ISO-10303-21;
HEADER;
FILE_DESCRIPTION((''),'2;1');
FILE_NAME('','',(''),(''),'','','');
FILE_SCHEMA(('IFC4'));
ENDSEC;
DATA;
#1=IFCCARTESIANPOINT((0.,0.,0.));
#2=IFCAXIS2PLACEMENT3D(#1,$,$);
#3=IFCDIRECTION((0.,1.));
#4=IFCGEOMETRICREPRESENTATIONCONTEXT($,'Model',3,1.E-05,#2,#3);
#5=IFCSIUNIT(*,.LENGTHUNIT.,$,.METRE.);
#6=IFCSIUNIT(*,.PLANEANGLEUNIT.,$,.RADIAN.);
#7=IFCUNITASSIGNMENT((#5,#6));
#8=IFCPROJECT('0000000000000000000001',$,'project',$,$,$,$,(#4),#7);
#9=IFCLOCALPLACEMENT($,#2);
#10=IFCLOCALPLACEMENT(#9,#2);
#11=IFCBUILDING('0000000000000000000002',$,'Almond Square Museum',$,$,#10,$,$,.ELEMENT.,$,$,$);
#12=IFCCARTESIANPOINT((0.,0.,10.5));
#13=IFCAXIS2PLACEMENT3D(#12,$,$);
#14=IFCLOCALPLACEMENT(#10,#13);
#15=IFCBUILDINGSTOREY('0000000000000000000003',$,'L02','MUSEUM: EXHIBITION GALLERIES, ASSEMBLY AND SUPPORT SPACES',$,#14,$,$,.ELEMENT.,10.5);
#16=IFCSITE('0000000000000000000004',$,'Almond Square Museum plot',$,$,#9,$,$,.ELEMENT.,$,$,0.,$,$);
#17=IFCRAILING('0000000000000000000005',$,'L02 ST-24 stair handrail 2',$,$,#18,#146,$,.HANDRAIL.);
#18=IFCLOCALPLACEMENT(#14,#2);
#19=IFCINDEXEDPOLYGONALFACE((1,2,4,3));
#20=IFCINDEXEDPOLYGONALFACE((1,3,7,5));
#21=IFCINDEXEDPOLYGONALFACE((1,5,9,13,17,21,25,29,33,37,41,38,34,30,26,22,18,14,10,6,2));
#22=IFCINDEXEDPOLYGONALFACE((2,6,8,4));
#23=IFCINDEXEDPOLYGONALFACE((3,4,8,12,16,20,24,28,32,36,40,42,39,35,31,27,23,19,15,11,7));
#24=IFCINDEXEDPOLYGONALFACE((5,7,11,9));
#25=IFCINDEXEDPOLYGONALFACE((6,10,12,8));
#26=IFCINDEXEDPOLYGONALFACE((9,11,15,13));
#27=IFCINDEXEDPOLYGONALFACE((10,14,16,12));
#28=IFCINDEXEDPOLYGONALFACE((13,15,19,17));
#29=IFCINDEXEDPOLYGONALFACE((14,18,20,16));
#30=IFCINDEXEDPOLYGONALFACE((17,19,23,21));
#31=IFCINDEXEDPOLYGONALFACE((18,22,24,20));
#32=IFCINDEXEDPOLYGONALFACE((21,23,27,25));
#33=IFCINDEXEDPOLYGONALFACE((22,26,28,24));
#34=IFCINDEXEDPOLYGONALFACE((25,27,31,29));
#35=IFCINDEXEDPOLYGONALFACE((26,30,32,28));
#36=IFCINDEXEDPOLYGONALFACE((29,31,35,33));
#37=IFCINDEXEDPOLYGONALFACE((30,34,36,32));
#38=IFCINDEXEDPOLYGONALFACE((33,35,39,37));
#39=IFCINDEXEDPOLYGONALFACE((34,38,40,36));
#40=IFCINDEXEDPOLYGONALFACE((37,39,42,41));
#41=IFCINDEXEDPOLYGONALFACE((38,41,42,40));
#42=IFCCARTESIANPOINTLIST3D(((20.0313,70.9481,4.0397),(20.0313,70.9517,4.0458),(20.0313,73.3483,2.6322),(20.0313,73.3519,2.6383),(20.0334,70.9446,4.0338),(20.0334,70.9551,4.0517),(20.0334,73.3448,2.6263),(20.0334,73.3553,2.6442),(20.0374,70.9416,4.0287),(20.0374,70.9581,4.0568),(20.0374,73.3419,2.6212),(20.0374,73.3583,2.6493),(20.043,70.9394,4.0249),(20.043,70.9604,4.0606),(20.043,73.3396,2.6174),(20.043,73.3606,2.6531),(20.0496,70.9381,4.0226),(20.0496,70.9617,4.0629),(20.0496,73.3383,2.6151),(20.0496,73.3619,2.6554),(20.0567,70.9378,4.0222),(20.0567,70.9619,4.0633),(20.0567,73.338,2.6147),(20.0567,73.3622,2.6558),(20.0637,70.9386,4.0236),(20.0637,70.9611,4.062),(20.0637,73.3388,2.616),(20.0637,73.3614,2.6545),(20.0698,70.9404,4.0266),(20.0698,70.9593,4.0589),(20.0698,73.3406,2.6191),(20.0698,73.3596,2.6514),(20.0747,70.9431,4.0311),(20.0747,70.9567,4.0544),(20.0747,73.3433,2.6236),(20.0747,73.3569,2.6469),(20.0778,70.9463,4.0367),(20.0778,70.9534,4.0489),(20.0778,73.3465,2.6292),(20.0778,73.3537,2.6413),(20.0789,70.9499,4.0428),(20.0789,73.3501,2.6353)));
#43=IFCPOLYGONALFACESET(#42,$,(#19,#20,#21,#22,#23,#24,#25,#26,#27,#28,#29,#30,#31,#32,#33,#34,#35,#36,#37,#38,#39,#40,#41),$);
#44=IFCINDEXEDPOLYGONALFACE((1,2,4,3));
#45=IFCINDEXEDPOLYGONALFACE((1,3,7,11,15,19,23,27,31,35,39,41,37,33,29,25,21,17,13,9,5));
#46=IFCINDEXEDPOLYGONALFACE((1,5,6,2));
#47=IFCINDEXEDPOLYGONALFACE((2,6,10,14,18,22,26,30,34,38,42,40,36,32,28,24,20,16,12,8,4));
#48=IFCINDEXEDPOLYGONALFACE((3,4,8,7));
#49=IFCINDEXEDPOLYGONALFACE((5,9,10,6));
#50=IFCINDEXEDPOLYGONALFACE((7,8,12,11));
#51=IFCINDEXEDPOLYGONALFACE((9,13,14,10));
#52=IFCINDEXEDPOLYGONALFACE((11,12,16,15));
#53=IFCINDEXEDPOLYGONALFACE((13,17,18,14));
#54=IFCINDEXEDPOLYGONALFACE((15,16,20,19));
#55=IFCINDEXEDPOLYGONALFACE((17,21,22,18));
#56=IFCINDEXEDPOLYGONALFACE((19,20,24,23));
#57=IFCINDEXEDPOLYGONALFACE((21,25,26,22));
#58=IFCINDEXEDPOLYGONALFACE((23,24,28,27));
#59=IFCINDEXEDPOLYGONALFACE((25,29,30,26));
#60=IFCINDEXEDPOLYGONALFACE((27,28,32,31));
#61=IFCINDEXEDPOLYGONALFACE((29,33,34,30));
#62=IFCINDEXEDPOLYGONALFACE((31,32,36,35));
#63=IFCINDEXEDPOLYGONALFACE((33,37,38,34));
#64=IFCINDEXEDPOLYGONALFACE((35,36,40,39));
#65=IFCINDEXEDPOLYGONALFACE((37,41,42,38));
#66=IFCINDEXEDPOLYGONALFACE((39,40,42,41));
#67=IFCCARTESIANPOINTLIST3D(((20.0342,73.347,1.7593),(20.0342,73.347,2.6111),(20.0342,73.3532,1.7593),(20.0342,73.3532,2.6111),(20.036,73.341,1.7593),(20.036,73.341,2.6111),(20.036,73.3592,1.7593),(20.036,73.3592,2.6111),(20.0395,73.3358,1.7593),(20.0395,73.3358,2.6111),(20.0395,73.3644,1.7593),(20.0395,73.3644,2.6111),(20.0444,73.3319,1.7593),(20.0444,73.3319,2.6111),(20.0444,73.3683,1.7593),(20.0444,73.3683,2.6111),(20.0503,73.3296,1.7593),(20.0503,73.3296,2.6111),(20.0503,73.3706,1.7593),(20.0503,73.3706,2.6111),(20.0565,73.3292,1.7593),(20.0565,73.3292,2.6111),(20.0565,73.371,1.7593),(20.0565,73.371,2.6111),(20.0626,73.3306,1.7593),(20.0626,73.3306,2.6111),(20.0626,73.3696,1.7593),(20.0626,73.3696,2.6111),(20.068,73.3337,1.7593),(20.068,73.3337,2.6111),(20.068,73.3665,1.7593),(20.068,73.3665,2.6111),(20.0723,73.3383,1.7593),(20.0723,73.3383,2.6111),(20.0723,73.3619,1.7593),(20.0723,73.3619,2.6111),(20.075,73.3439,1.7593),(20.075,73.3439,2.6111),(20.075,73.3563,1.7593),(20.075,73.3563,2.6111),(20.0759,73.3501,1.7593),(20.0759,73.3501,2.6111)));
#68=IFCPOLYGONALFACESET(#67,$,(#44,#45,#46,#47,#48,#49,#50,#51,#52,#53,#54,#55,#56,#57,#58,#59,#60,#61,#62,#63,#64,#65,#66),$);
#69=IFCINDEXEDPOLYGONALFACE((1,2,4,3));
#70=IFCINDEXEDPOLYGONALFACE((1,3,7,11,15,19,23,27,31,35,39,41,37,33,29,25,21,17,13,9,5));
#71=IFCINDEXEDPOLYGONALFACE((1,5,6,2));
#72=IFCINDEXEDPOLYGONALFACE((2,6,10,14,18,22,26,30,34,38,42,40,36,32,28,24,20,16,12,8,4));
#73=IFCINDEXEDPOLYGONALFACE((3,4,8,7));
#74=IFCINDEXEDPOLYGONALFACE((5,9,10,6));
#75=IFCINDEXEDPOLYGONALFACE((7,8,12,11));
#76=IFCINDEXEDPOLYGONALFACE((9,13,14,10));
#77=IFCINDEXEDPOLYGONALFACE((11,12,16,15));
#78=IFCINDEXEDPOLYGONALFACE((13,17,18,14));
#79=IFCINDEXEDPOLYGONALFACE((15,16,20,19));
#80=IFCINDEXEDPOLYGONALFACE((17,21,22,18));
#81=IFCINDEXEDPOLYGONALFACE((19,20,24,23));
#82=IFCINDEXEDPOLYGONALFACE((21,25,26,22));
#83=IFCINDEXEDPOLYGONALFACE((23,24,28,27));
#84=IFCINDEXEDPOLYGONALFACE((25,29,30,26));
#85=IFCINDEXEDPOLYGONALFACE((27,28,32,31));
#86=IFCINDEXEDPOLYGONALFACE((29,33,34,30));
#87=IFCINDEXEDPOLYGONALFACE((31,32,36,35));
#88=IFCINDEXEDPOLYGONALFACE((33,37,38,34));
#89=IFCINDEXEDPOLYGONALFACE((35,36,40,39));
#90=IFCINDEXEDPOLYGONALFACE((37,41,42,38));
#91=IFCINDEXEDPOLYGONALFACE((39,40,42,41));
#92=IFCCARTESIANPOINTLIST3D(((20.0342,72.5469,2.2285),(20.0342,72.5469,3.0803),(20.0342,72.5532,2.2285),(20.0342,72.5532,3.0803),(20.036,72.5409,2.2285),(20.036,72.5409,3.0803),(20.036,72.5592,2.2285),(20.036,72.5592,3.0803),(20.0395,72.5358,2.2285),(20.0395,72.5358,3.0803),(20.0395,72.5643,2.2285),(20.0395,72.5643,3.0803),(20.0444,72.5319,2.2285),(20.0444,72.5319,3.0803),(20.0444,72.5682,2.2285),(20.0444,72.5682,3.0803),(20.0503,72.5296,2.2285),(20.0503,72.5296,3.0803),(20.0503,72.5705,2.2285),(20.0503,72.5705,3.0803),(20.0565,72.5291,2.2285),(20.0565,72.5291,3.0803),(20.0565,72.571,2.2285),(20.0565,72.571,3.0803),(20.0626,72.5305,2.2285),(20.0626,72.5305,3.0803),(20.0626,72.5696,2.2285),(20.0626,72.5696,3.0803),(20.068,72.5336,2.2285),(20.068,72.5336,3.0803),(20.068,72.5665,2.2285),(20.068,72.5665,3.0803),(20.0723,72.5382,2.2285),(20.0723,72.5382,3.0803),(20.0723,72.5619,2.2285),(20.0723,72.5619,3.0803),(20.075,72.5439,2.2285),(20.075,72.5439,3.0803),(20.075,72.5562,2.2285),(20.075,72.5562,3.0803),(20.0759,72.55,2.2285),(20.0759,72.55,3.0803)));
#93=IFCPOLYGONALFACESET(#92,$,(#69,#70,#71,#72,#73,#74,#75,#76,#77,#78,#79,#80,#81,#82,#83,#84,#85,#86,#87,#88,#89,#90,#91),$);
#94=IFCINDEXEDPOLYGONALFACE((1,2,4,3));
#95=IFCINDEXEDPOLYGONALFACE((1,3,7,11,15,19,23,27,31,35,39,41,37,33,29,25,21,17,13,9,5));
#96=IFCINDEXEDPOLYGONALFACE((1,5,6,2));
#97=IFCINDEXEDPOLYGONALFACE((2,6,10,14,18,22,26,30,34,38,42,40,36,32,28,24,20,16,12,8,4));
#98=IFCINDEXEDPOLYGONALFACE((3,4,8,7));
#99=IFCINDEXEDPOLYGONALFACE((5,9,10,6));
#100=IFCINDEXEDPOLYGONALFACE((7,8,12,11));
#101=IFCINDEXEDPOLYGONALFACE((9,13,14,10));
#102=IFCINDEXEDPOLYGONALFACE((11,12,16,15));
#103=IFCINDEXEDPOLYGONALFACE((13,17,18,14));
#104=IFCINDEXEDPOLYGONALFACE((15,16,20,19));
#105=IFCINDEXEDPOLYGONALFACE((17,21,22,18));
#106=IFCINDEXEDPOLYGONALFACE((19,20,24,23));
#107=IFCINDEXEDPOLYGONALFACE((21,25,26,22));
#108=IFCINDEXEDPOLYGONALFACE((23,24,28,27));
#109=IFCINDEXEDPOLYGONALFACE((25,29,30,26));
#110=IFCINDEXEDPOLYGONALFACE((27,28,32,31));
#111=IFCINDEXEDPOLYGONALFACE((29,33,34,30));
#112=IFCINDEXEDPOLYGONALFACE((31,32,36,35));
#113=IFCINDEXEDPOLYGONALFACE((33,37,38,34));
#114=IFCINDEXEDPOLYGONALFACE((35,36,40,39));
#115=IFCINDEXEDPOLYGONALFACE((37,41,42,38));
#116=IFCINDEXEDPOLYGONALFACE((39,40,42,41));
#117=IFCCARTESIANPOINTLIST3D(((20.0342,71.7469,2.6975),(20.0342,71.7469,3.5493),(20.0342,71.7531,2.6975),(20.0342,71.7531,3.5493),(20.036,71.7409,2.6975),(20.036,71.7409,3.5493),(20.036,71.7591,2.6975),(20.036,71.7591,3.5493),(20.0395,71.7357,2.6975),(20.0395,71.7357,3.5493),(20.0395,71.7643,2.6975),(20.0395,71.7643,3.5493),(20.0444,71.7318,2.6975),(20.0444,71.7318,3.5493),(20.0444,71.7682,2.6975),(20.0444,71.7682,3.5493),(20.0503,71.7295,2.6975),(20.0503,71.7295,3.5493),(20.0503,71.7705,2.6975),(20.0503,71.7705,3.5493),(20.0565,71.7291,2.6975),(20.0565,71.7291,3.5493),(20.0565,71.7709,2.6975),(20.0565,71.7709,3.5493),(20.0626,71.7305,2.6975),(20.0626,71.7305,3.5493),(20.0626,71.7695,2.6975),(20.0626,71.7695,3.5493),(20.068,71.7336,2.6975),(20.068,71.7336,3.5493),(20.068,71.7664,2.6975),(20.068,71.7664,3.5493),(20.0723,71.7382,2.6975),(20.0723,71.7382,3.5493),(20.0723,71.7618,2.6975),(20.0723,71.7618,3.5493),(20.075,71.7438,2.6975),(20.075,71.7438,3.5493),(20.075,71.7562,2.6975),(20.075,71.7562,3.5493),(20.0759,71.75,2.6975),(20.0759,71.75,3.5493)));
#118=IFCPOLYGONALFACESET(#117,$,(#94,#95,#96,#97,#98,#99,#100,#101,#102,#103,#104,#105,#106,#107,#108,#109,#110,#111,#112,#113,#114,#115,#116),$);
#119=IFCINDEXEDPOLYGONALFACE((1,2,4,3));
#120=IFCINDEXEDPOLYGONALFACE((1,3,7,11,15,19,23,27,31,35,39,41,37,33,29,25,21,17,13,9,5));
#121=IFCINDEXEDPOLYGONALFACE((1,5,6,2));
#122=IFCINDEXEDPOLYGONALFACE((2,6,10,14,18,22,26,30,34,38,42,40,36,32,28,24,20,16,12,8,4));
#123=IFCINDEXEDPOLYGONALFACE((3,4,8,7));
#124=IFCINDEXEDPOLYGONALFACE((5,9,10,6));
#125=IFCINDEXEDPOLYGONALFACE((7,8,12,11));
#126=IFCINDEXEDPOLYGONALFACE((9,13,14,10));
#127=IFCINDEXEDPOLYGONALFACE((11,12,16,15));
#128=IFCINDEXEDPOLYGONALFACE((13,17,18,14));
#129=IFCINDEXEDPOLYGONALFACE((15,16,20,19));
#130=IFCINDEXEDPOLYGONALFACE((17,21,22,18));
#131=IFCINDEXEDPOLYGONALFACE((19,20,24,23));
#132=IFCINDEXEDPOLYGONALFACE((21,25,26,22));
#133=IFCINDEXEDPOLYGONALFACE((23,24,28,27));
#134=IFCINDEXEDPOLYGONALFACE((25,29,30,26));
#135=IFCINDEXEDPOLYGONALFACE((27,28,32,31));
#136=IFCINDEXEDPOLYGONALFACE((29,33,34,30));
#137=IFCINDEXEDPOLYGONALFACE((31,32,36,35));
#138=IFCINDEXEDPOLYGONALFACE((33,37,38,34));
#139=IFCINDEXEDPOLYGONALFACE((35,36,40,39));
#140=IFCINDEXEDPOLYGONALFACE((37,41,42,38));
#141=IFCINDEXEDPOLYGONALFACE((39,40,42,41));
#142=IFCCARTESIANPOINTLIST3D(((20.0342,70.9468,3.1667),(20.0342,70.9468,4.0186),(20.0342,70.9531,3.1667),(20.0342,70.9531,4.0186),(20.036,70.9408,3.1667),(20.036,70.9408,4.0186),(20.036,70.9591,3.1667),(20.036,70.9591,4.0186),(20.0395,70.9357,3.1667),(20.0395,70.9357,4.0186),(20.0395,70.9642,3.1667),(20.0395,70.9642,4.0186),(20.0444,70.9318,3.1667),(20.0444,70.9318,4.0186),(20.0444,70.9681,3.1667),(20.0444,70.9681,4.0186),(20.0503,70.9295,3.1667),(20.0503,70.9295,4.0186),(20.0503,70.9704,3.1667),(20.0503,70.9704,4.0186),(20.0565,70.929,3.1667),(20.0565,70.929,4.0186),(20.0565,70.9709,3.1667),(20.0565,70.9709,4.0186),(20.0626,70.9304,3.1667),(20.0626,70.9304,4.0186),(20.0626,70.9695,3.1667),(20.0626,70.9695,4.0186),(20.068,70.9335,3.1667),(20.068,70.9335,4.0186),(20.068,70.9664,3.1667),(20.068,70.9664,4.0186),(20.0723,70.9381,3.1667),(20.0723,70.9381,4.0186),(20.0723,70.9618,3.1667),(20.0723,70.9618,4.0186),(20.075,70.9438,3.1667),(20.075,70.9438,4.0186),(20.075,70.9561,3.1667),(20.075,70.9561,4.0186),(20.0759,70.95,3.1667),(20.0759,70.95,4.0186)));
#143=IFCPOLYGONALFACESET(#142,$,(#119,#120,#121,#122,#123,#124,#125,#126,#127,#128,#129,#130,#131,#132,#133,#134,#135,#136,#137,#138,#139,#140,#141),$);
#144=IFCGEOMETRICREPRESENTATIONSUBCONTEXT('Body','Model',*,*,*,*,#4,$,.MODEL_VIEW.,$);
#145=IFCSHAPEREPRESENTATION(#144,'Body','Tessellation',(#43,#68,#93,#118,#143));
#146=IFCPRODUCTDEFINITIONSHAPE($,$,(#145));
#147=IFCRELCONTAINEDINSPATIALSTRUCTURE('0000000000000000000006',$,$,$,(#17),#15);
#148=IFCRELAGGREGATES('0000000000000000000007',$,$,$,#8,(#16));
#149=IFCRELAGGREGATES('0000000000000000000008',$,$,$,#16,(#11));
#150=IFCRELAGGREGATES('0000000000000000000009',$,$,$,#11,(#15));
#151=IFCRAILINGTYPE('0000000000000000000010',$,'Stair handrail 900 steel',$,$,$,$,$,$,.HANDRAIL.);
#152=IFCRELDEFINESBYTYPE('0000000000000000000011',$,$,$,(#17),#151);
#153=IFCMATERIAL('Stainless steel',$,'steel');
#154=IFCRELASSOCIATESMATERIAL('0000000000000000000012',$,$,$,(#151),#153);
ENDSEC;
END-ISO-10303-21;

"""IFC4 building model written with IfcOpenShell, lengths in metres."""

from ifc_helpers import new_model, si_unit, direction, frame, origin, origin_2d, place, context, subcontext, project, spatial, circle, extrude, material, type_object, element, save


model = new_model("IFC4")

# Units and contexts
model_context = context("Model", 3, precision=1e-05, world=origin(), true_north=direction((0.0, 1.0)))
body_context = subcontext(model_context, "Body", "Model", "MODEL_VIEW")
ifc_project = project(units=[si_unit("LENGTHUNIT", "METRE"), si_unit("PLANEANGLEUNIT", "RADIAN")], contexts=[model_context])

# Site, building, storey
site_placement = place(None, origin())
site = spatial("IfcSite", under=ifc_project, at=site_placement, Name="Almond Square Museum plot", CompositionType="ELEMENT", RefElevation=0.0)
building_placement = place(site_placement, origin())
building = spatial("IfcBuilding", under=site, at=building_placement, Name="Almond Square Museum", CompositionType="ELEMENT")
storey_placement = place(building_placement, frame((0.0, 0.0, 10.5)))
storey = spatial("IfcBuildingStorey", under=building, at=storey_placement, Name="L02", Description="MUSEUM: EXHIBITION GALLERIES, ASSEMBLY AND SUPPORT SPACES", CompositionType="ELEMENT", Elevation=10.5)

# Railing
ifc_material_1 = material(Name="Stainless steel", Category="steel")
railing_type_1 = type_object("IfcRailingType", Name="Stair handrail 900 steel", PredefinedType="HANDRAIL", material=ifc_material_1)
railing_1_placement = place(storey_placement, frame((20.0549, 73.3501, 1.7593)))
element("IfcRailing", 1, at=railing_1_placement, inside=storey, type_object=railing_type_1, Name="L02 ST-24 stair handrail 2", PredefinedType="HANDRAIL", context=body_context, shape_type="SweptSolid", body=[
    extrude(circle(Radius=0.0239, at=origin_2d()), frame((0.0, 0.0, 0.876), z_axis=(0.0, -0.862621, 0.50585), x_axis=(1.0, 0.0, 0.0)), (0.0, 0.0, 1.0), 2.7825),
    extrude(circle(Radius=0.021, at=origin_2d()), origin(), (0.0, 0.0, 1.0), 0.8518),
    extrude(circle(Radius=0.021, at=origin_2d()), frame((0.0, -0.8, 0.4692)), (0.0, 0.0, 1.0), 0.8518),
    extrude(circle(Radius=0.021, at=origin_2d()), frame((0.0, -1.6001, 0.9382)), (0.0, 0.0, 1.0), 0.8518),
    extrude(circle(Radius=0.021, at=origin_2d()), frame((0.0, -2.4001, 1.4075)), (0.0, 0.0, 1.0), 0.8518),
])

save(model, "model.ifc")
